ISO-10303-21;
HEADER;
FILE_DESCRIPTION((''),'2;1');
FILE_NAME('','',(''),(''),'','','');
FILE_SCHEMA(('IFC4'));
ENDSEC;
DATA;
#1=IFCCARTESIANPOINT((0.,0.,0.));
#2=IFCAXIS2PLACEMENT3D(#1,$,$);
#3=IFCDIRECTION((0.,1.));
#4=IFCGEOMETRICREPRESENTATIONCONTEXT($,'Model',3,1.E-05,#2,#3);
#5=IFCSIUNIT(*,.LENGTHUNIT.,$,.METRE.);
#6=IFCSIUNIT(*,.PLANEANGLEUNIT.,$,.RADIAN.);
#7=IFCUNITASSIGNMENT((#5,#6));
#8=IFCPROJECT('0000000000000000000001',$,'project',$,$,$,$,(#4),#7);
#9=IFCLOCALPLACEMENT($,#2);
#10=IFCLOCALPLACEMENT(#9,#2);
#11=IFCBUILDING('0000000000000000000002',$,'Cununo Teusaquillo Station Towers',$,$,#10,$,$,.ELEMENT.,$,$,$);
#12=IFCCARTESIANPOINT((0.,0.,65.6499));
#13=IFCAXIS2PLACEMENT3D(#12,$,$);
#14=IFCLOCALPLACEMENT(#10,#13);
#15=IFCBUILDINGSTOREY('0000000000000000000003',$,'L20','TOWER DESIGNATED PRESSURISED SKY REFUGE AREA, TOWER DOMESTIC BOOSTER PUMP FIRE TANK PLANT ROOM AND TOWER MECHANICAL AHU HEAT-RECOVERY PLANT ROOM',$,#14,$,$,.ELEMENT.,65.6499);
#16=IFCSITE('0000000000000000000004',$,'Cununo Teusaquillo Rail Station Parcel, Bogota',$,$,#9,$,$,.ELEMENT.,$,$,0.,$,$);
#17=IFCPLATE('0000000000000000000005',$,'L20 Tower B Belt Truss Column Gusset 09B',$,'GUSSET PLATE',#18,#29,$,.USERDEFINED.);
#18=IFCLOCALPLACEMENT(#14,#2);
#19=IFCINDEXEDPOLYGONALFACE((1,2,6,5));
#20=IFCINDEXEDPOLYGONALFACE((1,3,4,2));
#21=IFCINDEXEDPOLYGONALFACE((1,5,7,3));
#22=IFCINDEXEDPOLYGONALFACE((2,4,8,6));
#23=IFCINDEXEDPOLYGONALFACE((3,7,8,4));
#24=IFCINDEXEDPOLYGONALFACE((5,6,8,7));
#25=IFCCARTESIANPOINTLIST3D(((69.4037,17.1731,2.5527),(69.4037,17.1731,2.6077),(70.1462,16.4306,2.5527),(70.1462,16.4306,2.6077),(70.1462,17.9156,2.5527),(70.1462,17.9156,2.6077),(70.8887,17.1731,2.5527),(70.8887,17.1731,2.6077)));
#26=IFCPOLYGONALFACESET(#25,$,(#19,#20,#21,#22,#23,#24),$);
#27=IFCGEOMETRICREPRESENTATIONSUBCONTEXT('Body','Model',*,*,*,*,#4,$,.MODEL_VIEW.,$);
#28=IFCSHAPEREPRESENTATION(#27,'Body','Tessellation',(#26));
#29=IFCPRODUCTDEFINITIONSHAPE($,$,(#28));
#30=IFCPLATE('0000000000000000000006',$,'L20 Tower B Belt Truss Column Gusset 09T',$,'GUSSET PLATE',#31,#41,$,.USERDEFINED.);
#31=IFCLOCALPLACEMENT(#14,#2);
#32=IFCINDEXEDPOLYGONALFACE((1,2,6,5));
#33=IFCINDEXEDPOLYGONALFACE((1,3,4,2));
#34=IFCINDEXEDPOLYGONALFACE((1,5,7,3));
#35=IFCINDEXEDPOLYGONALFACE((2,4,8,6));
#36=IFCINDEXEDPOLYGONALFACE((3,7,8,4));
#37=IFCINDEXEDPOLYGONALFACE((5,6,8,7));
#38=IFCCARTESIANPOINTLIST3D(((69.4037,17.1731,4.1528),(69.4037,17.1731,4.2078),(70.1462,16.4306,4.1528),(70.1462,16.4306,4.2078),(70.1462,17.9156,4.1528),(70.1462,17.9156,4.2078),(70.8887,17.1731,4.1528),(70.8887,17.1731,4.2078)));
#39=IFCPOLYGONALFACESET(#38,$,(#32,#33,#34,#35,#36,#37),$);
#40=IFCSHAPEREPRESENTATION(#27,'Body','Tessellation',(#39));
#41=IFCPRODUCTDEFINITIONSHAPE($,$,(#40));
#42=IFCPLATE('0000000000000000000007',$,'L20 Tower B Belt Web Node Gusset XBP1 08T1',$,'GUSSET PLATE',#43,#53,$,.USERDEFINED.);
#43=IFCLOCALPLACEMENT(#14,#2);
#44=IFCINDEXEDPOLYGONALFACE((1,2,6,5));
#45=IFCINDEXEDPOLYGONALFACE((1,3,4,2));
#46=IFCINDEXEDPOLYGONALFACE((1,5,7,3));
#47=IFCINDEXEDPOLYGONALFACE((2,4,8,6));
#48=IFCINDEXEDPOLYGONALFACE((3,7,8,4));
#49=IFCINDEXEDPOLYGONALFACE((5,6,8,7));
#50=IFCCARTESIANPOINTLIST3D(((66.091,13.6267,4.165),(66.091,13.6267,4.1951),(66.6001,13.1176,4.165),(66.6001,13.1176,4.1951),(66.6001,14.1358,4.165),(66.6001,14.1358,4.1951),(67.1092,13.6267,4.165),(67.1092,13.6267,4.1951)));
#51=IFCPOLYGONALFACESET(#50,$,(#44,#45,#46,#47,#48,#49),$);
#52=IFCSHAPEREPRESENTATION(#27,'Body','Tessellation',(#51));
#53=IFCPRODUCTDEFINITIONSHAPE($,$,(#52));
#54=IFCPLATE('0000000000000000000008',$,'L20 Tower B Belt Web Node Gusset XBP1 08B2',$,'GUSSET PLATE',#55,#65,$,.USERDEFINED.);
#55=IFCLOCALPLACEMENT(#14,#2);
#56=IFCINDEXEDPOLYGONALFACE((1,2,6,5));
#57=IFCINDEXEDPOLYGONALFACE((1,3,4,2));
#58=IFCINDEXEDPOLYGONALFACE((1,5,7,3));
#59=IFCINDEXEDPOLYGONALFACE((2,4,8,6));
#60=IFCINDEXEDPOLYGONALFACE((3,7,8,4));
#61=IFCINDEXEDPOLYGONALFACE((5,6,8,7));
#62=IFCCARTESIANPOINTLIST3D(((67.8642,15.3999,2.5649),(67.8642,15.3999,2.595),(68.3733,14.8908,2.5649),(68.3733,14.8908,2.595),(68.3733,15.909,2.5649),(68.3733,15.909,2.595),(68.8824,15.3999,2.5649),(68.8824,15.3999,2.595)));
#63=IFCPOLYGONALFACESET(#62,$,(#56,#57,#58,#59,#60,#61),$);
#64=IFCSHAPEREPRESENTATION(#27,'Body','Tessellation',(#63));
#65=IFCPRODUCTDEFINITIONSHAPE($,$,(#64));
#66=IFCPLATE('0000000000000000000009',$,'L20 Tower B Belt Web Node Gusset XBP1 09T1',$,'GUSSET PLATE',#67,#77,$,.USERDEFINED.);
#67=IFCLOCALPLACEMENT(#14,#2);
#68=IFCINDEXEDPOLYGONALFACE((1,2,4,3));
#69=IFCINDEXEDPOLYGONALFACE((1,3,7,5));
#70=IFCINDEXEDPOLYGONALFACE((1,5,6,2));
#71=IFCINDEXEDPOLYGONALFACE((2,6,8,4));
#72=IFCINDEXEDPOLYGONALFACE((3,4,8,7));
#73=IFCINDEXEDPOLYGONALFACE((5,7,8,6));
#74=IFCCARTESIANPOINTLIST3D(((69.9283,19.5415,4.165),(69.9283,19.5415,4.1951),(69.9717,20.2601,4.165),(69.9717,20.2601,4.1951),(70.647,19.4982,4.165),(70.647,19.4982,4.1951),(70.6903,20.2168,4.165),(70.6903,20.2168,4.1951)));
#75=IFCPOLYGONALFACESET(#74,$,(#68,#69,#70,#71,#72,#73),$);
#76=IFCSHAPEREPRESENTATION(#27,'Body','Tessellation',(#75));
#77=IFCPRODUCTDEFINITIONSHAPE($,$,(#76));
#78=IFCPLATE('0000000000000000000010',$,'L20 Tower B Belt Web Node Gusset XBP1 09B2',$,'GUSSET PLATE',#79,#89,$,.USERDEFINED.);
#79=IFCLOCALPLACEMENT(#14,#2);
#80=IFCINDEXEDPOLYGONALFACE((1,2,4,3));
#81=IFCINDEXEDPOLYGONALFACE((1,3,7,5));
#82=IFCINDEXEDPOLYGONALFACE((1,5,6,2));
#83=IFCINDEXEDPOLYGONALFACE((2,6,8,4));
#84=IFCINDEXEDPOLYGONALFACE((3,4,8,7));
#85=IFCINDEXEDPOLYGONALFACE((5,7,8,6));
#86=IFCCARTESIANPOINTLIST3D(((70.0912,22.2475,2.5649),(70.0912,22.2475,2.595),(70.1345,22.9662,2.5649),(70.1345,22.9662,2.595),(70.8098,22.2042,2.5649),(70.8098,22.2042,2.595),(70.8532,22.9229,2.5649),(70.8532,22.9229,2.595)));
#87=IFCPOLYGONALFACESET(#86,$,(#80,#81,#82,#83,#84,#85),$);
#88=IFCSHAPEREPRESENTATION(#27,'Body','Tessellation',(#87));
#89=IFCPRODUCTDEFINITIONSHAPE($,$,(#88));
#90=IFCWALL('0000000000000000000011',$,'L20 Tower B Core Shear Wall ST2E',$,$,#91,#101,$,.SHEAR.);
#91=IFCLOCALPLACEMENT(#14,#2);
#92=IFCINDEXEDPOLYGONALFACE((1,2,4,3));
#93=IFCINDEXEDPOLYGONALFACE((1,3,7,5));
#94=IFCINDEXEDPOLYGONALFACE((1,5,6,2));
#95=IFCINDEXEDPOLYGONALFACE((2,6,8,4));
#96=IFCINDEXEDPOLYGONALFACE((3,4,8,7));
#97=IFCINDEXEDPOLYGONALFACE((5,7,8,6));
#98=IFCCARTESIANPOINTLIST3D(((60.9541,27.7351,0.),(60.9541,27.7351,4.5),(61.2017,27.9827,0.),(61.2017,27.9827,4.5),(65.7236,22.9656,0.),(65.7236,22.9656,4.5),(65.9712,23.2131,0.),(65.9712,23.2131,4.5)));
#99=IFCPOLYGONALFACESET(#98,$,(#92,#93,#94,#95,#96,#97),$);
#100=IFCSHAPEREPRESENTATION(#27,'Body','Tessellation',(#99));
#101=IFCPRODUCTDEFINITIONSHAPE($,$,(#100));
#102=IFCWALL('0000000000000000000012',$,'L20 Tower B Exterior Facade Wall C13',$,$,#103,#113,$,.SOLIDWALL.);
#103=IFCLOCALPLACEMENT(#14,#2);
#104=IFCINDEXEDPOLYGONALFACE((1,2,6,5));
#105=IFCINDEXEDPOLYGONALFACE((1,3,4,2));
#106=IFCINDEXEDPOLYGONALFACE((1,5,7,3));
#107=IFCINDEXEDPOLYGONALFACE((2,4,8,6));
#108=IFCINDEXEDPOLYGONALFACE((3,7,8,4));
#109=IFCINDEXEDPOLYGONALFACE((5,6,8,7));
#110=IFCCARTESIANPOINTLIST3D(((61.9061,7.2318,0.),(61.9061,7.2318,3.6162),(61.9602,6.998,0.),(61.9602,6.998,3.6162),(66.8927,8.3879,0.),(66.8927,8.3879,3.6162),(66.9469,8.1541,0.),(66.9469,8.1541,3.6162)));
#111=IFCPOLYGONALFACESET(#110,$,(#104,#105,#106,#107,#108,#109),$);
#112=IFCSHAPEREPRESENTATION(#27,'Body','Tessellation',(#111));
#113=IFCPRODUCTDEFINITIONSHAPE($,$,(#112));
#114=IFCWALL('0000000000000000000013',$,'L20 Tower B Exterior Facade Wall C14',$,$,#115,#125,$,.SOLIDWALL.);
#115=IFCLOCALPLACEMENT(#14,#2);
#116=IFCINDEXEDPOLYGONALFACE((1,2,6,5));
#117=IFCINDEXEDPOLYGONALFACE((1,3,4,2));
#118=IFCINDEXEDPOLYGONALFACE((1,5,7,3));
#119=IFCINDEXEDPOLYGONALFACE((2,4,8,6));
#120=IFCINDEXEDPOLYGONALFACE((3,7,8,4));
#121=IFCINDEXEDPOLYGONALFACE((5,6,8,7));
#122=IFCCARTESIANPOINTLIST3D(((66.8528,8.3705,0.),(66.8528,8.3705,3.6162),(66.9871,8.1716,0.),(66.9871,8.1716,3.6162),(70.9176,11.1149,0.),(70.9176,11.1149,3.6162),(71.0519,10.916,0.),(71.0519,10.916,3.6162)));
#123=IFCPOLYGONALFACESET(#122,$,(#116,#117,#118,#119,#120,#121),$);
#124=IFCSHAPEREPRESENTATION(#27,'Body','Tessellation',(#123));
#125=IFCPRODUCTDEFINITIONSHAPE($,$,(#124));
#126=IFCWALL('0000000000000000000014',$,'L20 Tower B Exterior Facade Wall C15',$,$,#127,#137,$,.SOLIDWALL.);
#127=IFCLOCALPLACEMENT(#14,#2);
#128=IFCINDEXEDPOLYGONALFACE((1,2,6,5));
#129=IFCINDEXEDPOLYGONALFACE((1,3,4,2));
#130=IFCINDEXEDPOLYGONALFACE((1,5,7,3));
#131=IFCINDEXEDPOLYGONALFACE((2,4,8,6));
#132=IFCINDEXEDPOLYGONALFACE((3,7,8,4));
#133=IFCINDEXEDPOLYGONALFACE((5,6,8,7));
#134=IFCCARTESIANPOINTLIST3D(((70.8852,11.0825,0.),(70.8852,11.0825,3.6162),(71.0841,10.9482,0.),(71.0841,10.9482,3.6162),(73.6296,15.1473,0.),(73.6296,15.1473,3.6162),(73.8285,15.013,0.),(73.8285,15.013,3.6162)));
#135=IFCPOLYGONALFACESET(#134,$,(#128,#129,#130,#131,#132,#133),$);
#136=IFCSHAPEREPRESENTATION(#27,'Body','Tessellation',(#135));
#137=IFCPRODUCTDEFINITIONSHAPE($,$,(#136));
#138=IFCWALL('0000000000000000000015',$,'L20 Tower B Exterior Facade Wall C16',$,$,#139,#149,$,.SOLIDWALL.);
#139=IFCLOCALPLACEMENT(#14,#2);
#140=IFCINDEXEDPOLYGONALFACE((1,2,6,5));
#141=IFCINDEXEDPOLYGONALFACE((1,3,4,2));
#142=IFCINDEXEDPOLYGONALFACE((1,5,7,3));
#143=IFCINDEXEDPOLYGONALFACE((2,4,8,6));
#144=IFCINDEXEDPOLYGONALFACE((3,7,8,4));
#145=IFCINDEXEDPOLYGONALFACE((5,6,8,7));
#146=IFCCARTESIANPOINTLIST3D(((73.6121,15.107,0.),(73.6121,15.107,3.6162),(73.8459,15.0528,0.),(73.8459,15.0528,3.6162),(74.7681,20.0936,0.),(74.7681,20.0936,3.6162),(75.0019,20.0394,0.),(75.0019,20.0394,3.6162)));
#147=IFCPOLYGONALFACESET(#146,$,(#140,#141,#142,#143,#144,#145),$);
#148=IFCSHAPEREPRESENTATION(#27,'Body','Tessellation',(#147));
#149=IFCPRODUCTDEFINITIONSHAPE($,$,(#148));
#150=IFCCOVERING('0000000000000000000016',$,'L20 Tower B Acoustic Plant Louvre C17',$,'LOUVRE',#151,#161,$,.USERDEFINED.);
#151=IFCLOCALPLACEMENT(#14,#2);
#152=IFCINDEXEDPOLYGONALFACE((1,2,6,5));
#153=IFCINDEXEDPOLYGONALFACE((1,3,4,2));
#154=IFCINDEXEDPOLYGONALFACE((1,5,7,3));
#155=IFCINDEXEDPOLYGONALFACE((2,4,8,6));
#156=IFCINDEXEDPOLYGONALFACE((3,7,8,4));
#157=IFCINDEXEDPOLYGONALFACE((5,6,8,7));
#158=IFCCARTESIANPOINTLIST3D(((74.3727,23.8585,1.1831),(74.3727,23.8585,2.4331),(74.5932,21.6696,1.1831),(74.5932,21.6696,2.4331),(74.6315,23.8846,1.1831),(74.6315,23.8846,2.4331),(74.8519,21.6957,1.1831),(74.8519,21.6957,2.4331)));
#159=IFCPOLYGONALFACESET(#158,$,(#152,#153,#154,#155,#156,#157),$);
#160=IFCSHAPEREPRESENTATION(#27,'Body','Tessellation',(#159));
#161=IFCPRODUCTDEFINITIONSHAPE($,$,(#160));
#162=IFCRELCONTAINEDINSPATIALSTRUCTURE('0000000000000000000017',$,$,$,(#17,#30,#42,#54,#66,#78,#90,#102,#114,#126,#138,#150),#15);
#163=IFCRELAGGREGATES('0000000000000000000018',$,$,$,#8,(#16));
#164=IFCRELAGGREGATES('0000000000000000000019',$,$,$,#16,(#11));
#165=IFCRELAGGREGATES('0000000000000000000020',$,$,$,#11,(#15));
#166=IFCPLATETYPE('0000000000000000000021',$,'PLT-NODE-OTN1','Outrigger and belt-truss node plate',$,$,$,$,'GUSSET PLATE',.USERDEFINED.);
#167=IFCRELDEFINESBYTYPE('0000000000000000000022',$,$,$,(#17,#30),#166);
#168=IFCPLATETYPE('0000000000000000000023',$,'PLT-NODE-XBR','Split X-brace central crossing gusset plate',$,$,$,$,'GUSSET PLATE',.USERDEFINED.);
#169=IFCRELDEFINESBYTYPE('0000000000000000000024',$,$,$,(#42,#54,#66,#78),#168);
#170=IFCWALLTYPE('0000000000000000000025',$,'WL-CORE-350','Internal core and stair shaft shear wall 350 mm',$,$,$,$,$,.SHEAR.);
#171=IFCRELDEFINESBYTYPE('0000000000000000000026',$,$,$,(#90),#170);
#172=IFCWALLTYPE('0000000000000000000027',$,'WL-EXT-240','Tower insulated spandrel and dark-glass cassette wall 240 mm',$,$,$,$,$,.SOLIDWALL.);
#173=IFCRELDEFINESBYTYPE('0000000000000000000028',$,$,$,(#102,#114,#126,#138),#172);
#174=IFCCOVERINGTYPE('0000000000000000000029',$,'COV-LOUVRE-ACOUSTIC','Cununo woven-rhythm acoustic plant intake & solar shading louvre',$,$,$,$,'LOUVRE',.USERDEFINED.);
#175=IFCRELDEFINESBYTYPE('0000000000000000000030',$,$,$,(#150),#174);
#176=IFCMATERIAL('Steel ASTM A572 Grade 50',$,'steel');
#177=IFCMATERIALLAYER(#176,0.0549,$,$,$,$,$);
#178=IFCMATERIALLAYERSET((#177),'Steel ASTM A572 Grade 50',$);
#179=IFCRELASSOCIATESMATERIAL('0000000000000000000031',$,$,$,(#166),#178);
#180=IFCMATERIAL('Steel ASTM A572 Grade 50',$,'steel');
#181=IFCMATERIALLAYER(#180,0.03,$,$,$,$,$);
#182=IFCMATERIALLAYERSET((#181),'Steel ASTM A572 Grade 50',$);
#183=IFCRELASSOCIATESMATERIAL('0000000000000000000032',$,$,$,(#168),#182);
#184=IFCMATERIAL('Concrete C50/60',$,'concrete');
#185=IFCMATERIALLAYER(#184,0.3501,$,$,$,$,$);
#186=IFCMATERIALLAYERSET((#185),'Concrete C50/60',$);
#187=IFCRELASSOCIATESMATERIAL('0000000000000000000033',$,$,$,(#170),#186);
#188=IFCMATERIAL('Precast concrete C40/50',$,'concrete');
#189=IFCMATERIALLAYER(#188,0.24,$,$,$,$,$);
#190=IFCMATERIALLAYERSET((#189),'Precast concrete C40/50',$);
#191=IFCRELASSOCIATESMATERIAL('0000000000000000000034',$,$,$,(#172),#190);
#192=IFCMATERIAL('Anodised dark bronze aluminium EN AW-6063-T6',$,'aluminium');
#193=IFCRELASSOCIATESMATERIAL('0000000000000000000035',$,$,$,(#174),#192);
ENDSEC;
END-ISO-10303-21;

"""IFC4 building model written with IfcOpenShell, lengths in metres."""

from ifc_helpers import new_model, si_unit, direction, frame, frame_2d, origin, origin_2d, place, context, subcontext, project, spatial, rectangle, extrude, source, transform, mapped, material, layer, layer_set, type_object, element, save


model = new_model("IFC4")

# Units and contexts
model_context = context("Model", 3, precision=1e-05, world=origin(), true_north=direction((0.0, 1.0)))
body_context = subcontext(model_context, "Body", "Model", "MODEL_VIEW")
ifc_project = project(units=[si_unit("LENGTHUNIT", "METRE"), si_unit("PLANEANGLEUNIT", "RADIAN")], contexts=[model_context])

# Site, building, storey
site_placement = place(None, origin())
site = spatial("IfcSite", under=ifc_project, at=site_placement, Name="Cununo Teusaquillo Rail Station Parcel, Bogota", CompositionType="ELEMENT", RefElevation=0.0)
building_placement = place(site_placement, origin())
building = spatial("IfcBuilding", under=site, at=building_placement, Name="Cununo Teusaquillo Station Towers", CompositionType="ELEMENT")
storey_placement = place(building_placement, frame((0.0, 0.0, 65.6499)))
storey = spatial("IfcBuildingStorey", under=building, at=storey_placement, Name="L20", Description="TOWER DESIGNATED PRESSURISED SKY REFUGE AREA, TOWER DOMESTIC BOOSTER PUMP FIRE TANK PLANT ROOM AND TOWER MECHANICAL AHU HEAT-RECOVERY PLANT ROOM", CompositionType="ELEMENT", Elevation=65.6499)

# Plates
ifc_material_1 = material(Name="Steel ASTM A572 Grade 50", Category="steel")
ifc_layer_1 = layer(ifc_material_1, 0.0549)
ifc_layer_set_1 = layer_set([ifc_layer_1], Name="Steel ASTM A572 Grade 50")
plate_type_1 = type_object("IfcPlateType", Name="PLT-NODE-OTN1", Description="Outrigger and belt-truss node plate", ElementType="GUSSET PLATE", PredefinedType="USERDEFINED", material=ifc_layer_set_1)
shared_shape_1 = source(origin(), body_context, "Body", "SweptSolid", [
    extrude(rectangle(XDim=1.05, YDim=1.05, at=origin_2d()), origin(), (0.0, 0.0, 1.0), 0.0549),
])
for number, where, z_axis, x_axis, name in (
    (1, (70.1462, 17.1731, 2.5527), (0.0, 0.0, 1.0), (0.707107, 0.707107, 0.0), "L20 Tower B Belt Truss Column Gusset 09B"),
    (2, (70.1462, 17.1731, 4.1528), (0.0, 0.0, 1.0), (0.707107, 0.707107, 0.0), "L20 Tower B Belt Truss Column Gusset 09T"),
):
    element("IfcPlate", number, at=place(storey_placement, frame(where, z_axis=z_axis, x_axis=x_axis)), inside=storey, type_object=plate_type_1, Name=name, ObjectType="GUSSET PLATE", PredefinedType="USERDEFINED", context=body_context, shape_type="MappedRepresentation", body=[
        mapped(shared_shape_1, transform((0.0, 0.0, 0.0), x_axis=(1.0, 0.0, 0.0), y_axis=(0.0, 1.0, 0.0), z_axis=(0.0, 0.0, 1.0), scale=1.0)),
    ])
ifc_material_2 = material(Name="Steel ASTM A572 Grade 50", Category="steel")
ifc_layer_2 = layer(ifc_material_2, 0.03)
ifc_layer_set_2 = layer_set([ifc_layer_2], Name="Steel ASTM A572 Grade 50")
plate_type_2 = type_object("IfcPlateType", Name="PLT-NODE-XBR", Description="Split X-brace central crossing gusset plate", ElementType="GUSSET PLATE", PredefinedType="USERDEFINED", material=ifc_layer_set_2)
shared_shape_2 = source(origin(), body_context, "Body", "SweptSolid", [
    extrude(rectangle(XDim=0.72, YDim=0.72, at=origin_2d()), origin(), (0.0, 0.0, 1.0), 0.03),
])
for number, where, z_axis, x_axis, name in (
    (3, (66.6001, 13.6267, 4.165), (0.0, 0.0, 1.0), (0.707107, 0.707107, 0.0), "L20 Tower B Belt Web Node Gusset XBP1 08T1"),
    (4, (68.3733, 15.3999, 2.5649), (0.0, 0.0, 1.0), (0.707107, 0.707107, 0.0), "L20 Tower B Belt Web Node Gusset XBP1 08B2"),
    (5, (70.3093, 19.8792, 4.165), (0.0, 0.0, 1.0), (0.060177, 0.998188, 0.0), "L20 Tower B Belt Web Node Gusset XBP1 09T1"),
    (6, (70.4722, 22.5852, 2.5649), (0.0, 0.0, 1.0), (0.060177, 0.998188, 0.0), "L20 Tower B Belt Web Node Gusset XBP1 09B2"),
):
    element("IfcPlate", number, at=place(storey_placement, frame(where, z_axis=z_axis, x_axis=x_axis)), inside=storey, type_object=plate_type_2, Name=name, ObjectType="GUSSET PLATE", PredefinedType="USERDEFINED", context=body_context, shape_type="MappedRepresentation", body=[
        mapped(shared_shape_2, transform((0.0, 0.0, 0.0), x_axis=(1.0, 0.0, 0.0), y_axis=(0.0, 1.0, 0.0), z_axis=(0.0, 0.0, 1.0), scale=1.0)),
    ])

# Walls
ifc_material_3 = material(Name="Concrete C50/60", Category="concrete")
ifc_layer_3 = layer(ifc_material_3, 0.3501)
ifc_layer_set_3 = layer_set([ifc_layer_3], Name="Concrete C50/60")
wall_type_1 = type_object("IfcWallType", Name="WL-CORE-350", Description="Internal core and stair shaft shear wall 350 mm", PredefinedType="SHEAR", material=ifc_layer_set_3)
wall_1_placement = place(storey_placement, frame((65.8474, 23.0894, 0.0), z_axis=(0.0, 0.0, 1.0), x_axis=(-0.707107, 0.707107, 0.0)))
element("IfcWall", 7, at=wall_1_placement, inside=storey, type_object=wall_type_1, Name="L20 Tower B Core Shear Wall ST2E", PredefinedType="SHEAR", context=body_context, shape_type="SweptSolid", body=[
    extrude(rectangle(XDim=6.7451, YDim=0.3501, at=frame_2d((3.3726, 0.0))), origin(), (0.0, 0.0, 1.0), 4.5),
])
ifc_material_4 = material(Name="Precast concrete C40/50", Category="concrete")
ifc_layer_4 = layer(ifc_material_4, 0.24)
ifc_layer_set_4 = layer_set([ifc_layer_4], Name="Precast concrete C40/50")
wall_type_2 = type_object("IfcWallType", Name="WL-EXT-240", Description="Tower insulated spandrel and dark-glass cassette wall 240 mm", PredefinedType="SOLIDWALL", material=ifc_layer_set_4)
wall_2_placement = place(storey_placement, frame((66.9199, 8.271, 0.0), z_axis=(0.0, 0.0, 1.0), x_axis=(-0.974166, -0.225835, 0.0)))
element("IfcWall", 8, at=wall_2_placement, inside=storey, type_object=wall_type_2, Name="L20 Tower B Exterior Facade Wall C13", PredefinedType="SOLIDWALL", context=body_context, shape_type="SweptSolid", body=[
    extrude(rectangle(XDim=5.1189, YDim=0.24, at=frame_2d((2.5596, 0.0))), origin(), (0.0, 0.0, 1.0), 3.6162),
])
for number, where, z_axis, x_axis, name in (
    (9, (70.9846, 11.0154, 0.0), (0.0, 0.0, 1.0), (-0.828781, -0.559573, 0.0), "L20 Tower B Exterior Facade Wall C14"),
    (10, (73.729, 15.0801, 0.0), (0.0, 0.0, 1.0), (-0.559573, -0.828781, 0.0), "L20 Tower B Exterior Facade Wall C15"),
):
    element("IfcWall", number, at=place(storey_placement, frame(where, z_axis=z_axis, x_axis=x_axis)), inside=storey, type_object=wall_type_2, Name=name, PredefinedType="SOLIDWALL", context=body_context, shape_type="SweptSolid", body=[
        extrude(rectangle(XDim=4.9045, YDim=0.24, at=frame_2d((2.4521, 0.0))), origin(), (0.0, 0.0, 1.0), 3.6162),
    ])
wall_3_placement = place(storey_placement, frame((74.885, 20.0667, 0.0), z_axis=(0.0, 0.0, 1.0), x_axis=(-0.225835, -0.974166, 0.0)))
element("IfcWall", 11, at=wall_3_placement, inside=storey, type_object=wall_type_2, Name="L20 Tower B Exterior Facade Wall C16", PredefinedType="SOLIDWALL", context=body_context, shape_type="SweptSolid", body=[
    extrude(rectangle(XDim=5.1189, YDim=0.24, at=frame_2d((2.5596, 0.0))), origin(), (0.0, 0.0, 1.0), 3.6162),
])

# Covering
ifc_material_5 = material(Name="Anodised dark bronze aluminium EN AW-6063-T6", Category="aluminium")
covering_type = type_object("IfcCoveringType", Name="COV-LOUVRE-ACOUSTIC", Description="Cununo woven-rhythm acoustic plant intake & solar shading louvre", ElementType="LOUVRE", PredefinedType="USERDEFINED", material=ifc_material_5)
shared_shape_3 = source(origin(), body_context, "Body", "SweptSolid", [
    extrude(rectangle(XDim=2.2, YDim=0.26, at=origin_2d()), origin(), (0.0, 0.0, 1.0), 1.25),
])
covering_placement = place(storey_placement, frame((74.6123, 22.7771, 1.1831), z_axis=(0.0, 0.0, 1.0), x_axis=(0.100188, -0.994969, 0.0)))
element("IfcCovering", 12, at=covering_placement, inside=storey, type_object=covering_type, Name="L20 Tower B Acoustic Plant Louvre C17", ObjectType="LOUVRE", PredefinedType="USERDEFINED", context=body_context, shape_type="MappedRepresentation", body=[
    mapped(shared_shape_3, transform((0.0, 0.0, 0.0), x_axis=(1.0, 0.0, 0.0), y_axis=(0.0, 1.0, 0.0), z_axis=(0.0, 0.0, 1.0), scale=1.0)),
])

save(model, "model.ifc")
